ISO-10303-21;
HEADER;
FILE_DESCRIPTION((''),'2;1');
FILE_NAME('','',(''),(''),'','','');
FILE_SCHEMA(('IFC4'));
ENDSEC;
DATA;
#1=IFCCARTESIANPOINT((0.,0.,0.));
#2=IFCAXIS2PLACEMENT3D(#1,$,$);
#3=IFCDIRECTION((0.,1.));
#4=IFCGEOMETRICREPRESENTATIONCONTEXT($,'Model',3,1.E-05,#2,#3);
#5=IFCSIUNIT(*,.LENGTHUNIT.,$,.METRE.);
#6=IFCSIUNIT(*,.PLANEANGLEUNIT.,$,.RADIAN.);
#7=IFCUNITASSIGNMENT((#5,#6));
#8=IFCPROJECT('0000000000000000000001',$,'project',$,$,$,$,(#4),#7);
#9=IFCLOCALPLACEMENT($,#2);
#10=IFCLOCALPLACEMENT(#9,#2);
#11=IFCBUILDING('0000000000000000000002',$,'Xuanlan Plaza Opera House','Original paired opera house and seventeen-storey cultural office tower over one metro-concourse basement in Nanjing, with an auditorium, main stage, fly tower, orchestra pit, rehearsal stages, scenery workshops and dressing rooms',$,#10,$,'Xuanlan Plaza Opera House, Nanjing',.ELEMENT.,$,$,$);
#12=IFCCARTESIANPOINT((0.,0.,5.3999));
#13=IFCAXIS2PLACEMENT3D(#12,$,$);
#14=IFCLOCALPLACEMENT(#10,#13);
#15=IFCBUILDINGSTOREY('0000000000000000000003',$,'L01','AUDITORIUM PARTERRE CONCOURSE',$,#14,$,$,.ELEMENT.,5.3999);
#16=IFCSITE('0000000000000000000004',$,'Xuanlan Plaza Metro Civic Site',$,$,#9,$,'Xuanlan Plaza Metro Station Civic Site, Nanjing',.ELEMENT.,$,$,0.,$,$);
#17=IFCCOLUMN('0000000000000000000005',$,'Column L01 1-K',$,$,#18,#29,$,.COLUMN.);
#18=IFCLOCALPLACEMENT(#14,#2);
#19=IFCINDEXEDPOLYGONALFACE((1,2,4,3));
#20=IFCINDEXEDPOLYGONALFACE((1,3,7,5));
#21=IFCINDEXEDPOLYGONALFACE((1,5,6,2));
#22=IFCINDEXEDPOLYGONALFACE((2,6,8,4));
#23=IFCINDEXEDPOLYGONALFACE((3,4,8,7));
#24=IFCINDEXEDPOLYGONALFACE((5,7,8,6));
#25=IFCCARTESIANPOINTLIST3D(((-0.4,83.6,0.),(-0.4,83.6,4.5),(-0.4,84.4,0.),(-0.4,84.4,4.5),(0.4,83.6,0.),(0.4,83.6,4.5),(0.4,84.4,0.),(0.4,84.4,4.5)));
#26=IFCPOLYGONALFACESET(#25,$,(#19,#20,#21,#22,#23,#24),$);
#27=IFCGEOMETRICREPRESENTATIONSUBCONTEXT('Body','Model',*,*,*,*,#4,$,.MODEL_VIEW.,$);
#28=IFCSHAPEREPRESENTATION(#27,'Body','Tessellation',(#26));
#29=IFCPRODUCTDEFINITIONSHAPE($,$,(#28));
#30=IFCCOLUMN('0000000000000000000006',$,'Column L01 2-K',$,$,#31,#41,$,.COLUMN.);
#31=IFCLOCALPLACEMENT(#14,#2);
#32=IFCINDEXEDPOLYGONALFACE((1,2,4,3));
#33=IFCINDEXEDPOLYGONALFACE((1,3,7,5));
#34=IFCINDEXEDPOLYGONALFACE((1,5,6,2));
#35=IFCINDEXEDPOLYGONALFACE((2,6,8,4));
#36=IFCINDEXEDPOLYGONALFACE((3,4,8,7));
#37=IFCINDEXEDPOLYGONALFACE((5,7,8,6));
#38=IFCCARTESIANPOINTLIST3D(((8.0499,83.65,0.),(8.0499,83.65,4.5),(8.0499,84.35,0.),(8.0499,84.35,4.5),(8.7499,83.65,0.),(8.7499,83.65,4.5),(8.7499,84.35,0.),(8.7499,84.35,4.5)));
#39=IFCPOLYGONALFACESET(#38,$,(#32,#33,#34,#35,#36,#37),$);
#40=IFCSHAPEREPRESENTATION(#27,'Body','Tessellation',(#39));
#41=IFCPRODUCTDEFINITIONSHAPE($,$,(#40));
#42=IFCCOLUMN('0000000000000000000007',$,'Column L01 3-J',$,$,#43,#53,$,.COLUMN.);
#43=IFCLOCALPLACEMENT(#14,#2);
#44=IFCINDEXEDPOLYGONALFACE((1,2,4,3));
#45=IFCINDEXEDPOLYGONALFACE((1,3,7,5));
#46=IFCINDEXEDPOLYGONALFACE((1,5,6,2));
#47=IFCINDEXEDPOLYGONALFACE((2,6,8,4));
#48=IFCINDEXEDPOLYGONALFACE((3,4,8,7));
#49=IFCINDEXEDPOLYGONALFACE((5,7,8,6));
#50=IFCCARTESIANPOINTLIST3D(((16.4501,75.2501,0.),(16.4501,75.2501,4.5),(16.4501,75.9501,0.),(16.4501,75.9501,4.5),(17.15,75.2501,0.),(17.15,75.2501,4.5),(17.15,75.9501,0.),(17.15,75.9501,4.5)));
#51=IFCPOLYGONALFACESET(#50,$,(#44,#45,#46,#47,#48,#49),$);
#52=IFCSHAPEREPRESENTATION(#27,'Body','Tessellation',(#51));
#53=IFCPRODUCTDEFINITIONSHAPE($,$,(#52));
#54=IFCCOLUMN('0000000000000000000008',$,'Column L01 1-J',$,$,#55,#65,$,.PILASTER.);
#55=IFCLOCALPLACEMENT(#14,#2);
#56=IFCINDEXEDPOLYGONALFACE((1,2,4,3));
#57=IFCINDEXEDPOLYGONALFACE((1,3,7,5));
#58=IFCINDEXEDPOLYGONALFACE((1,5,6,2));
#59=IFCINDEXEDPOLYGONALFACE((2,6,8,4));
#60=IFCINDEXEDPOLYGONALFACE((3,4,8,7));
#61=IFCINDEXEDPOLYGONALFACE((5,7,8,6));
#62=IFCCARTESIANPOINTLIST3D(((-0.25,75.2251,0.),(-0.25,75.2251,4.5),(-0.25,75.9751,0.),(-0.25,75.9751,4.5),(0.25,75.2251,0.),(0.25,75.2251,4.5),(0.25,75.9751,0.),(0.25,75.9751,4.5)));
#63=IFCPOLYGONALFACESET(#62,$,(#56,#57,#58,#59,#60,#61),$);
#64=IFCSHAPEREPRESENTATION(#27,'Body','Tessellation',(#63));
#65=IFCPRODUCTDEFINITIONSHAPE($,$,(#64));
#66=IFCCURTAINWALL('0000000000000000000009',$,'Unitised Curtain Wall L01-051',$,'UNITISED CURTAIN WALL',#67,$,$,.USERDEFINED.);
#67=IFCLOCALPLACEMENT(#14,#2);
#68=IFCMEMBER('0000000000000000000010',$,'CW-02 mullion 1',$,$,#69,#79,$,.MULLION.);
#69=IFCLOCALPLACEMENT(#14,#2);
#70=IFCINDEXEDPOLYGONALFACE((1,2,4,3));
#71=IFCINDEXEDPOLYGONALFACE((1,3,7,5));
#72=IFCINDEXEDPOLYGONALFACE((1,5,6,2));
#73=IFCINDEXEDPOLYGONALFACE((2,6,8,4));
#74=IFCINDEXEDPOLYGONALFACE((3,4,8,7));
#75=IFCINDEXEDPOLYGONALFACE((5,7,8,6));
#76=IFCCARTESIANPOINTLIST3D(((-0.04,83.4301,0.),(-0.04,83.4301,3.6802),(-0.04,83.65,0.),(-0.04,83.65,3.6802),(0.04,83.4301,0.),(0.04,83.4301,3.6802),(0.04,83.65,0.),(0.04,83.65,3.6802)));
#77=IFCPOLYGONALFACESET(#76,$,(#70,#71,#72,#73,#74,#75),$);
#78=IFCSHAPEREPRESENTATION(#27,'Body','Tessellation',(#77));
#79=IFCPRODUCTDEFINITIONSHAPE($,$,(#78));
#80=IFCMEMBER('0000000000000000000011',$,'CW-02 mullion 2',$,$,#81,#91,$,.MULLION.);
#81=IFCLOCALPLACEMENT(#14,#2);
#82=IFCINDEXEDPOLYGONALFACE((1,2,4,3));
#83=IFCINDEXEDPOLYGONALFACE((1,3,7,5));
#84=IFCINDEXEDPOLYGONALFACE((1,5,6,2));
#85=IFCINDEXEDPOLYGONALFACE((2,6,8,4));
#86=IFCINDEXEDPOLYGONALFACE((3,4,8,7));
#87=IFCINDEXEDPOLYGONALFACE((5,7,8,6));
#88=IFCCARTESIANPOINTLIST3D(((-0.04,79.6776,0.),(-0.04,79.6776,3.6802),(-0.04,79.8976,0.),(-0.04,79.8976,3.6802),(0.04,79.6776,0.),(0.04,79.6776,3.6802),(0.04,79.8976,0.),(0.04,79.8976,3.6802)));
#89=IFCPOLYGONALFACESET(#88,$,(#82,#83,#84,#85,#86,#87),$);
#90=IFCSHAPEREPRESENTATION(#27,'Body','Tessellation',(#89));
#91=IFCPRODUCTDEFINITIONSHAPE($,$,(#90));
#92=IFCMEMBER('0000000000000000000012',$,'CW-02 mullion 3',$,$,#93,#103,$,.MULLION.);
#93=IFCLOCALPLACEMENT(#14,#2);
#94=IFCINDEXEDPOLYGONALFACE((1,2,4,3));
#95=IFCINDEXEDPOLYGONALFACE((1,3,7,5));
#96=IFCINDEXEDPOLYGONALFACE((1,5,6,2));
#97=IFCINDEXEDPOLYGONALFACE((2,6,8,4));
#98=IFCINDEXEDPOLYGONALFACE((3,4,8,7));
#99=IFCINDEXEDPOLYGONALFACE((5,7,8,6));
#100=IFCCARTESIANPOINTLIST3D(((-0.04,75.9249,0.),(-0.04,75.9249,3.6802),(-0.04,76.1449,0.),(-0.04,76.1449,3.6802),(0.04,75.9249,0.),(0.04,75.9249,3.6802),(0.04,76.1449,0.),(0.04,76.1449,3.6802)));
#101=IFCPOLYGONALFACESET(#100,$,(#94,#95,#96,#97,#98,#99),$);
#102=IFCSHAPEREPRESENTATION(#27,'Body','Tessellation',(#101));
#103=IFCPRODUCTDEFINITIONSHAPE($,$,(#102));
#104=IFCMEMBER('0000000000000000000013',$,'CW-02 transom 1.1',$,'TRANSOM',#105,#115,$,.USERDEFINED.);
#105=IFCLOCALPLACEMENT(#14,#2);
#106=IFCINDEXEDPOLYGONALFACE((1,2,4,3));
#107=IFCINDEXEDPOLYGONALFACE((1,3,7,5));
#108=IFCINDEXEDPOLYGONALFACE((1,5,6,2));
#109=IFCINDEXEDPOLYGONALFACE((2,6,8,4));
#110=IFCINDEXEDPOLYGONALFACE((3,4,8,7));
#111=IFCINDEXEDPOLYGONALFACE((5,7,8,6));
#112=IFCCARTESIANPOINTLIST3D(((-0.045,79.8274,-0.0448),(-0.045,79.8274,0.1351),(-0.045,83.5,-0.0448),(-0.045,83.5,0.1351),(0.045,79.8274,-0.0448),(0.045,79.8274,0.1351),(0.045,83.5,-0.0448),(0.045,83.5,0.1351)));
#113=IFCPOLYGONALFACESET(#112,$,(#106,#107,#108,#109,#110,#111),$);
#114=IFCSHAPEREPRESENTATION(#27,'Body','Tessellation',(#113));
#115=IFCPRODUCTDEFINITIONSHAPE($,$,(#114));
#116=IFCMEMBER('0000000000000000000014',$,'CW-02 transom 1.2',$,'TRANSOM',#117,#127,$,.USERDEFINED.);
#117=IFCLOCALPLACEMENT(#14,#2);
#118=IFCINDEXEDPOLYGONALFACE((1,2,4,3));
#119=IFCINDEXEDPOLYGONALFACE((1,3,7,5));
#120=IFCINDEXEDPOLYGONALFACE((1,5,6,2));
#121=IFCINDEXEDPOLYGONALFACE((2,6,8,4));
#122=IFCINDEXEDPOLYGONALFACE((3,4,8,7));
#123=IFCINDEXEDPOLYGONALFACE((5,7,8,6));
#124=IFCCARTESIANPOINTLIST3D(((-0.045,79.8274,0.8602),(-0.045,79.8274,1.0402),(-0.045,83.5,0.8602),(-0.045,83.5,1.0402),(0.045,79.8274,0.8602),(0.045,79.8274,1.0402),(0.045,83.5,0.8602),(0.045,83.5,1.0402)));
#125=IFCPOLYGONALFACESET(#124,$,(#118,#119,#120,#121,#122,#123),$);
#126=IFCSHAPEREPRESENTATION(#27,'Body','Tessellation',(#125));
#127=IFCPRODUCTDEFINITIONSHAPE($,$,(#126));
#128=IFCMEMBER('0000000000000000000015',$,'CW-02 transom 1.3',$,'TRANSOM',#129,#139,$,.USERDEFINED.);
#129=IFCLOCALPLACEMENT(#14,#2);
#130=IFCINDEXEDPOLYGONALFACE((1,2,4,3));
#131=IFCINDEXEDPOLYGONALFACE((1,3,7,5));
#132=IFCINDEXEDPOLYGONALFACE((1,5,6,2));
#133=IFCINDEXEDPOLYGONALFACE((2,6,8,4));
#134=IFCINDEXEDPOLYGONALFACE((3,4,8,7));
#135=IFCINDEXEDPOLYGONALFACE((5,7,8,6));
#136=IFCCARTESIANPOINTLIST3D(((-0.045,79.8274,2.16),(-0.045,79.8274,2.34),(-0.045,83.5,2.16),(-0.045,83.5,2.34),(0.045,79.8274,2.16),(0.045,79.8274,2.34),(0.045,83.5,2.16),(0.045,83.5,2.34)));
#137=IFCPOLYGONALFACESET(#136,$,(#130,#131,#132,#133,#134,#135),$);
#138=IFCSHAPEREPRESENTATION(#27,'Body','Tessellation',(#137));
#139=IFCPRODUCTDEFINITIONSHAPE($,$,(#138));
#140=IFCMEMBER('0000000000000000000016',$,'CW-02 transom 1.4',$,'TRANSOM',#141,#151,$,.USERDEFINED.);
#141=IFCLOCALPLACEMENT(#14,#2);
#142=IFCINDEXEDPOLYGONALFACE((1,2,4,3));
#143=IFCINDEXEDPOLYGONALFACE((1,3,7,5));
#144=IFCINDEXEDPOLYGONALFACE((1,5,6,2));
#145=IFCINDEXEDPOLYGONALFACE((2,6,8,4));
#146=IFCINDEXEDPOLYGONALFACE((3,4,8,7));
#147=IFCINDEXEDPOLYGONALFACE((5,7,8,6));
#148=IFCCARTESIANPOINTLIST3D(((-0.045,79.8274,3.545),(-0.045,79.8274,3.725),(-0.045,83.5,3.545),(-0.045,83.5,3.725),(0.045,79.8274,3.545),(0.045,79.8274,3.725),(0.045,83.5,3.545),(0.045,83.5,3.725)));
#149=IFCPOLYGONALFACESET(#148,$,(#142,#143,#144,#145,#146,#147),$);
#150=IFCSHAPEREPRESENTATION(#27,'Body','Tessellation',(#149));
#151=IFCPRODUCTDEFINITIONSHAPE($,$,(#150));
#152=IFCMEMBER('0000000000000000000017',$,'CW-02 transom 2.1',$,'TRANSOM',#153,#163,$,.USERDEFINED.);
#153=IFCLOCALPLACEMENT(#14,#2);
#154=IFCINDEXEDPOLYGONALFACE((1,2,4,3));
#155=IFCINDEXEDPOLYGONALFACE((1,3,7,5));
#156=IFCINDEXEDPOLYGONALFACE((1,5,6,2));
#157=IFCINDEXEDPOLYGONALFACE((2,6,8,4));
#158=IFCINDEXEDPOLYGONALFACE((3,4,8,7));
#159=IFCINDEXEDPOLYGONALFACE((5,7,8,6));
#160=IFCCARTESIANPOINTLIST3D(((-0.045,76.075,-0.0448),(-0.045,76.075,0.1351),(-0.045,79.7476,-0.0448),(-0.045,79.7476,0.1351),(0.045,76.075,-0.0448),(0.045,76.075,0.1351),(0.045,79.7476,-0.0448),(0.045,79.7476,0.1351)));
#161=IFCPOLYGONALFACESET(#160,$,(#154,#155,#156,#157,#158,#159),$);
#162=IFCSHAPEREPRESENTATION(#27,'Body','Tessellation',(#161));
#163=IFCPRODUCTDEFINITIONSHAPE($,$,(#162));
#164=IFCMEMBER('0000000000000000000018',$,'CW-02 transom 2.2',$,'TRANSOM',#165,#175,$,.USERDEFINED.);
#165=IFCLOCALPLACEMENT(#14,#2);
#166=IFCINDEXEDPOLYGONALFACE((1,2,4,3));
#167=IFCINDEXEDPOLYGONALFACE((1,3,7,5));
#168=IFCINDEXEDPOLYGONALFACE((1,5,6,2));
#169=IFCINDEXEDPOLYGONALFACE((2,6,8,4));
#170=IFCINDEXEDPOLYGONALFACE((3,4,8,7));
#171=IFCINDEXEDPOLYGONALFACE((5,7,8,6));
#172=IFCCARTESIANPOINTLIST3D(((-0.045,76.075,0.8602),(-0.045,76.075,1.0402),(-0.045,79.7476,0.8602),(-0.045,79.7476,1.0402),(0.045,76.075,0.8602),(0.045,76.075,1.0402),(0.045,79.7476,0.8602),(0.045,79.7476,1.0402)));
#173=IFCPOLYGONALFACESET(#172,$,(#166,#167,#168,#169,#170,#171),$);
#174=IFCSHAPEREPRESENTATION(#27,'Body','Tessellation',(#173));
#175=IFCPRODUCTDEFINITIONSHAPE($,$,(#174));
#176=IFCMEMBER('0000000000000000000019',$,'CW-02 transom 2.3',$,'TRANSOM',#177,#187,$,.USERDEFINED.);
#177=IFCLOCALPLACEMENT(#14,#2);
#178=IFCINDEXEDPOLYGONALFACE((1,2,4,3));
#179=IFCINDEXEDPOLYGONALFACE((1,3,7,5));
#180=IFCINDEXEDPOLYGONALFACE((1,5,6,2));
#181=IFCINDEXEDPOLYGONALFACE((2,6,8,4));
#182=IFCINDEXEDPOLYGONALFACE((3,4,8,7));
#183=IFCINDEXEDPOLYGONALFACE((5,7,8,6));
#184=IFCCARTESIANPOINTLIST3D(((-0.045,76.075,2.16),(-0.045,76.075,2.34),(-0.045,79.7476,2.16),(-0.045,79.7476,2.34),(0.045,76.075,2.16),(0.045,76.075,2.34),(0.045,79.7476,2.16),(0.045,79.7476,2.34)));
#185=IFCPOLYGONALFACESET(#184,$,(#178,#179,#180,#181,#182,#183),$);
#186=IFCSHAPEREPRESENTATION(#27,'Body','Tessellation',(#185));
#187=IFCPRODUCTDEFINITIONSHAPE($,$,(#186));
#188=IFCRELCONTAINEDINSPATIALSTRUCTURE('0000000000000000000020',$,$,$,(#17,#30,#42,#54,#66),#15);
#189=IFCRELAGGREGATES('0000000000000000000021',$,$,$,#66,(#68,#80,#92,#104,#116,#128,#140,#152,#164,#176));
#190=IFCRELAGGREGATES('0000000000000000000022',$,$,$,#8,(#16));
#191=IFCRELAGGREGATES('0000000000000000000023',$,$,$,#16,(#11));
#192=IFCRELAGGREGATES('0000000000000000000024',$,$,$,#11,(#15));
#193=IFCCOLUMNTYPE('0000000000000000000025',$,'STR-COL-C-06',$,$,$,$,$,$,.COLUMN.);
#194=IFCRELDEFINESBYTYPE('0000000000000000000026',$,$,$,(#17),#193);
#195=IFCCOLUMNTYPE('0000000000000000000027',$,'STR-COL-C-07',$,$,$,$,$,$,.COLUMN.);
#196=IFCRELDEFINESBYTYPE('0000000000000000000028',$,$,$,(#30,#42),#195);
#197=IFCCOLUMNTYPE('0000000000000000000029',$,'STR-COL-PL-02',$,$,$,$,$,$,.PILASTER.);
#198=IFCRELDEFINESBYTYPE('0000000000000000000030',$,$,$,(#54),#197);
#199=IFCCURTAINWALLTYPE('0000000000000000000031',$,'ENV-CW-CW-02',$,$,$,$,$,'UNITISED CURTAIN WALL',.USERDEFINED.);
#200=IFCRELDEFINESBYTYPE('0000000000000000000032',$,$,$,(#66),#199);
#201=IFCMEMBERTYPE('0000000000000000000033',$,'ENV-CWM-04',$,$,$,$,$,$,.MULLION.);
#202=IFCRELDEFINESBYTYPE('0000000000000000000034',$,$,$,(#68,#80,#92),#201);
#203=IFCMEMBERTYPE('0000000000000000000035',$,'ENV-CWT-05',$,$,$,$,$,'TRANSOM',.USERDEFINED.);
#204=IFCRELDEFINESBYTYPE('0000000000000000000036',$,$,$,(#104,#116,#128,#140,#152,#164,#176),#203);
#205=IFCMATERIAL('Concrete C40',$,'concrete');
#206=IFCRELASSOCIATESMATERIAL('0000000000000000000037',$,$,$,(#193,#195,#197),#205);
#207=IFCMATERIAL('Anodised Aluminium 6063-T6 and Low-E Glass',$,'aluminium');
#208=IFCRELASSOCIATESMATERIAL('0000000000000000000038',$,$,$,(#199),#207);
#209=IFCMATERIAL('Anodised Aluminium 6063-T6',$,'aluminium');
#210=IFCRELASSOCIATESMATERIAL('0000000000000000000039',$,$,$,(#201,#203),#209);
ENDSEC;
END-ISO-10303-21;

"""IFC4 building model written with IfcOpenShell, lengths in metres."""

from ifc_helpers import new_model, si_unit, direction, frame, origin, origin_2d, place, context, subcontext, project, spatial, rectangle, extrude, material, material_profile, profile_set, type_object, element, aggregate, save


model = new_model("IFC4")

# Units and contexts
model_context = context("Model", 3, precision=1e-05, world=origin(), true_north=direction((0.0, 1.0)))
body_context = subcontext(model_context, "Body", "Model", "MODEL_VIEW")
ifc_project = project(units=[si_unit("LENGTHUNIT", "METRE"), si_unit("PLANEANGLEUNIT", "RADIAN")], contexts=[model_context])

# Site, building, storey
site_placement = place(None, origin())
site = spatial("IfcSite", under=ifc_project, at=site_placement, Name="Xuanlan Plaza Metro Civic Site", LongName="Xuanlan Plaza Metro Station Civic Site, Nanjing", CompositionType="ELEMENT", RefElevation=0.0)
building_placement = place(site_placement, origin())
building = spatial("IfcBuilding", under=site, at=building_placement, Name="Xuanlan Plaza Opera House", Description="Original paired opera house and seventeen-storey cultural office tower over one metro-concourse basement in Nanjing, with an auditorium, main stage, fly tower, orchestra pit, rehearsal stages, scenery workshops and dressing rooms", LongName="Xuanlan Plaza Opera House, Nanjing", CompositionType="ELEMENT")
storey_placement = place(building_placement, frame((0.0, 0.0, 5.3999)))
storey = spatial("IfcBuildingStorey", under=building, at=storey_placement, Name="L01", Description="AUDITORIUM PARTERRE CONCOURSE", CompositionType="ELEMENT", Elevation=5.3999)

# Columns
ifc_material_1 = material(Name="Concrete C40", Category="concrete")
ifc_material_profile_1 = material_profile(ifc_material_1, rectangle(XDim=0.8, YDim=0.8, at=origin_2d()), Name="RC-COL 800x800")
ifc_profile_set_1 = profile_set([ifc_material_profile_1], Name="Concrete C40")
column_type_1 = type_object("IfcColumnType", Name="STR-COL-C-06", PredefinedType="COLUMN", material=ifc_profile_set_1)
column_1_placement = place(storey_placement, frame((0.0, 84.0, 0.0), z_axis=(0.0, 0.0, 1.0), x_axis=(1.0, 0.0, 0.0)))
element("IfcColumn", 1, at=column_1_placement, inside=storey, type_object=column_type_1, Name="Column L01 1-K", PredefinedType="COLUMN", context=body_context, shape_type="SweptSolid", body=[
    extrude(rectangle(XDim=0.8, YDim=0.8, at=origin_2d()), origin(), (0.0, 0.0, 1.0), 4.5),
])
ifc_material_profile_2 = material_profile(ifc_material_1, rectangle(XDim=0.7, YDim=0.7, at=origin_2d()), Name="RC-COL 700x700")
ifc_profile_set_2 = profile_set([ifc_material_profile_2], Name="Concrete C40")
column_type_2 = type_object("IfcColumnType", Name="STR-COL-C-07", PredefinedType="COLUMN", material=ifc_profile_set_2)
for number, where, z_axis, x_axis, name in (
    (2, (8.3999, 84.0, 0.0), (0.0, 0.0, 1.0), (1.0, 0.0, 0.0), "Column L01 2-K"),
    (3, (16.8, 75.6001, 0.0), (0.0, 0.0, 1.0), (1.0, 0.0, 0.0), "Column L01 3-J"),
):
    element("IfcColumn", number, at=place(storey_placement, frame(where, z_axis=z_axis, x_axis=x_axis)), inside=storey, type_object=column_type_2, Name=name, PredefinedType="COLUMN", context=body_context, shape_type="SweptSolid", body=[
        extrude(rectangle(XDim=0.7, YDim=0.7, at=origin_2d()), origin(), (0.0, 0.0, 1.0), 4.5),
    ])
ifc_material_profile_3 = material_profile(ifc_material_1, rectangle(XDim=0.5, YDim=0.75, at=origin_2d()), Name="RC-PIL 500x750")
ifc_profile_set_3 = profile_set([ifc_material_profile_3], Name="Concrete C40")
column_type_3 = type_object("IfcColumnType", Name="STR-COL-PL-02", PredefinedType="PILASTER", material=ifc_profile_set_3)
column_2_placement = place(storey_placement, frame((0.0, 75.6001, 0.0), z_axis=(0.0, 0.0, 1.0), x_axis=(1.0, 0.0, 0.0)))
element("IfcColumn", 4, at=column_2_placement, inside=storey, type_object=column_type_3, Name="Column L01 1-J", PredefinedType="PILASTER", context=body_context, shape_type="SweptSolid", body=[
    extrude(rectangle(XDim=0.5, YDim=0.75, at=origin_2d()), origin(), (0.0, 0.0, 1.0), 4.5),
])

# Curtain wall, members
ifc_material_2 = material(Name="Anodised Aluminium 6063-T6 and Low-E Glass", Category="aluminium")
curtain_wall_type = type_object("IfcCurtainWallType", Name="ENV-CW-CW-02", ElementType="UNITISED CURTAIN WALL", PredefinedType="USERDEFINED", material=ifc_material_2)
curtain_wall_placement = place(storey_placement, origin())
curtain_wall = element("IfcCurtainWall", 5, at=curtain_wall_placement, inside=storey, type_object=curtain_wall_type, Name="Unitised Curtain Wall L01-051", ObjectType="UNITISED CURTAIN WALL", PredefinedType="USERDEFINED")
ifc_material_3 = material(Name="Anodised Aluminium 6063-T6", Category="aluminium")
ifc_material_profile_4 = material_profile(ifc_material_3, rectangle(XDim=0.0801, YDim=0.22, at=origin_2d()), Name="ALU-M 80x220")
ifc_profile_set_4 = profile_set([ifc_material_profile_4], Name="Anodised Aluminium 6063-T6")
member_type_1 = type_object("IfcMemberType", Name="ENV-CWM-04", PredefinedType="MULLION", material=ifc_profile_set_4)
member_1_placement = place(storey_placement, frame((0.0, 83.54, 0.0), z_axis=(0.0, 0.0, 1.0), x_axis=(1.0, 0.0, 0.0)))
member_1 = element("IfcMember", 6, at=member_1_placement, type_object=member_type_1, Name="CW-02 mullion 1", PredefinedType="MULLION", context=body_context, shape_type="SweptSolid", body=[
    extrude(rectangle(XDim=0.0801, YDim=0.22, at=origin_2d()), origin(), (0.0, 0.0, 1.0), 3.6802),
])
member_2_placement = place(storey_placement, frame((0.0, 79.7876, 0.0), z_axis=(0.0, 0.0, 1.0), x_axis=(1.0, 0.0, 0.0)))
member_2 = element("IfcMember", 7, at=member_2_placement, type_object=member_type_1, Name="CW-02 mullion 2", PredefinedType="MULLION", context=body_context, shape_type="SweptSolid", body=[
    extrude(rectangle(XDim=0.0801, YDim=0.22, at=origin_2d()), origin(), (0.0, 0.0, 1.0), 3.6802),
])
member_3_placement = place(storey_placement, frame((0.0, 76.0349, 0.0), z_axis=(0.0, 0.0, 1.0), x_axis=(1.0, 0.0, 0.0)))
member_3 = element("IfcMember", 8, at=member_3_placement, type_object=member_type_1, Name="CW-02 mullion 3", PredefinedType="MULLION", context=body_context, shape_type="SweptSolid", body=[
    extrude(rectangle(XDim=0.0801, YDim=0.22, at=origin_2d()), origin(), (0.0, 0.0, 1.0), 3.6802),
])
ifc_material_profile_5 = material_profile(ifc_material_3, rectangle(XDim=0.0901, YDim=0.1799, at=origin_2d()), Name="ALU-T 90x180")
ifc_profile_set_5 = profile_set([ifc_material_profile_5], Name="Anodised Aluminium 6063-T6")
member_type_2 = type_object("IfcMemberType", Name="ENV-CWT-05", ElementType="TRANSOM", PredefinedType="USERDEFINED", material=ifc_profile_set_5)
member_4_placement = place(storey_placement, frame((0.0, 83.5, 0.0452), z_axis=(0.0, -1.0, 0.0), x_axis=(1.0, 0.0, 0.0)))
member_4 = element("IfcMember", 9, at=member_4_placement, type_object=member_type_2, Name="CW-02 transom 1.1", ObjectType="TRANSOM", PredefinedType="USERDEFINED", context=body_context, shape_type="SweptSolid", body=[
    extrude(rectangle(XDim=0.0901, YDim=0.1799, at=origin_2d()), origin(), (0.0, 0.0, 1.0), 3.6726),
])
member_5_placement = place(storey_placement, frame((0.0, 83.5, 0.9502), z_axis=(0.0, -1.0, 0.0), x_axis=(1.0, 0.0, 0.0)))
member_5 = element("IfcMember", 10, at=member_5_placement, type_object=member_type_2, Name="CW-02 transom 1.2", ObjectType="TRANSOM", PredefinedType="USERDEFINED", context=body_context, shape_type="SweptSolid", body=[
    extrude(rectangle(XDim=0.0901, YDim=0.1799, at=origin_2d()), origin(), (0.0, 0.0, 1.0), 3.6726),
])
member_6_placement = place(storey_placement, frame((0.0, 83.5, 2.25), z_axis=(0.0, -1.0, 0.0), x_axis=(1.0, 0.0, 0.0)))
member_6 = element("IfcMember", 11, at=member_6_placement, type_object=member_type_2, Name="CW-02 transom 1.3", ObjectType="TRANSOM", PredefinedType="USERDEFINED", context=body_context, shape_type="SweptSolid", body=[
    extrude(rectangle(XDim=0.0901, YDim=0.1799, at=origin_2d()), origin(), (0.0, 0.0, 1.0), 3.6726),
])
member_7_placement = place(storey_placement, frame((0.0, 83.5, 3.635), z_axis=(0.0, -1.0, 0.0), x_axis=(1.0, 0.0, 0.0)))
member_7 = element("IfcMember", 12, at=member_7_placement, type_object=member_type_2, Name="CW-02 transom 1.4", ObjectType="TRANSOM", PredefinedType="USERDEFINED", context=body_context, shape_type="SweptSolid", body=[
    extrude(rectangle(XDim=0.0901, YDim=0.1799, at=origin_2d()), origin(), (0.0, 0.0, 1.0), 3.6726),
])
member_8_placement = place(storey_placement, frame((0.0, 79.7476, 0.0452), z_axis=(0.0, -1.0, 0.0), x_axis=(1.0, 0.0, 0.0)))
member_8 = element("IfcMember", 13, at=member_8_placement, type_object=member_type_2, Name="CW-02 transom 2.1", ObjectType="TRANSOM", PredefinedType="USERDEFINED", context=body_context, shape_type="SweptSolid", body=[
    extrude(rectangle(XDim=0.0901, YDim=0.1799, at=origin_2d()), origin(), (0.0, 0.0, 1.0), 3.6726),
])
member_9_placement = place(storey_placement, frame((0.0, 79.7476, 0.9502), z_axis=(0.0, -1.0, 0.0), x_axis=(1.0, 0.0, 0.0)))
member_9 = element("IfcMember", 14, at=member_9_placement, type_object=member_type_2, Name="CW-02 transom 2.2", ObjectType="TRANSOM", PredefinedType="USERDEFINED", context=body_context, shape_type="SweptSolid", body=[
    extrude(rectangle(XDim=0.0901, YDim=0.1799, at=origin_2d()), origin(), (0.0, 0.0, 1.0), 3.6726),
])
member_10_placement = place(storey_placement, frame((0.0, 79.7476, 2.25), z_axis=(0.0, -1.0, 0.0), x_axis=(1.0, 0.0, 0.0)))
member_10 = element("IfcMember", 15, at=member_10_placement, type_object=member_type_2, Name="CW-02 transom 2.3", ObjectType="TRANSOM", PredefinedType="USERDEFINED", context=body_context, shape_type="SweptSolid", body=[
    extrude(rectangle(XDim=0.0901, YDim=0.1799, at=origin_2d()), origin(), (0.0, 0.0, 1.0), 3.6726),
])

aggregate(curtain_wall, [member_1, member_2, member_3, member_4, member_5, member_6, member_7, member_8, member_9, member_10])

save(model, "model.ifc")
